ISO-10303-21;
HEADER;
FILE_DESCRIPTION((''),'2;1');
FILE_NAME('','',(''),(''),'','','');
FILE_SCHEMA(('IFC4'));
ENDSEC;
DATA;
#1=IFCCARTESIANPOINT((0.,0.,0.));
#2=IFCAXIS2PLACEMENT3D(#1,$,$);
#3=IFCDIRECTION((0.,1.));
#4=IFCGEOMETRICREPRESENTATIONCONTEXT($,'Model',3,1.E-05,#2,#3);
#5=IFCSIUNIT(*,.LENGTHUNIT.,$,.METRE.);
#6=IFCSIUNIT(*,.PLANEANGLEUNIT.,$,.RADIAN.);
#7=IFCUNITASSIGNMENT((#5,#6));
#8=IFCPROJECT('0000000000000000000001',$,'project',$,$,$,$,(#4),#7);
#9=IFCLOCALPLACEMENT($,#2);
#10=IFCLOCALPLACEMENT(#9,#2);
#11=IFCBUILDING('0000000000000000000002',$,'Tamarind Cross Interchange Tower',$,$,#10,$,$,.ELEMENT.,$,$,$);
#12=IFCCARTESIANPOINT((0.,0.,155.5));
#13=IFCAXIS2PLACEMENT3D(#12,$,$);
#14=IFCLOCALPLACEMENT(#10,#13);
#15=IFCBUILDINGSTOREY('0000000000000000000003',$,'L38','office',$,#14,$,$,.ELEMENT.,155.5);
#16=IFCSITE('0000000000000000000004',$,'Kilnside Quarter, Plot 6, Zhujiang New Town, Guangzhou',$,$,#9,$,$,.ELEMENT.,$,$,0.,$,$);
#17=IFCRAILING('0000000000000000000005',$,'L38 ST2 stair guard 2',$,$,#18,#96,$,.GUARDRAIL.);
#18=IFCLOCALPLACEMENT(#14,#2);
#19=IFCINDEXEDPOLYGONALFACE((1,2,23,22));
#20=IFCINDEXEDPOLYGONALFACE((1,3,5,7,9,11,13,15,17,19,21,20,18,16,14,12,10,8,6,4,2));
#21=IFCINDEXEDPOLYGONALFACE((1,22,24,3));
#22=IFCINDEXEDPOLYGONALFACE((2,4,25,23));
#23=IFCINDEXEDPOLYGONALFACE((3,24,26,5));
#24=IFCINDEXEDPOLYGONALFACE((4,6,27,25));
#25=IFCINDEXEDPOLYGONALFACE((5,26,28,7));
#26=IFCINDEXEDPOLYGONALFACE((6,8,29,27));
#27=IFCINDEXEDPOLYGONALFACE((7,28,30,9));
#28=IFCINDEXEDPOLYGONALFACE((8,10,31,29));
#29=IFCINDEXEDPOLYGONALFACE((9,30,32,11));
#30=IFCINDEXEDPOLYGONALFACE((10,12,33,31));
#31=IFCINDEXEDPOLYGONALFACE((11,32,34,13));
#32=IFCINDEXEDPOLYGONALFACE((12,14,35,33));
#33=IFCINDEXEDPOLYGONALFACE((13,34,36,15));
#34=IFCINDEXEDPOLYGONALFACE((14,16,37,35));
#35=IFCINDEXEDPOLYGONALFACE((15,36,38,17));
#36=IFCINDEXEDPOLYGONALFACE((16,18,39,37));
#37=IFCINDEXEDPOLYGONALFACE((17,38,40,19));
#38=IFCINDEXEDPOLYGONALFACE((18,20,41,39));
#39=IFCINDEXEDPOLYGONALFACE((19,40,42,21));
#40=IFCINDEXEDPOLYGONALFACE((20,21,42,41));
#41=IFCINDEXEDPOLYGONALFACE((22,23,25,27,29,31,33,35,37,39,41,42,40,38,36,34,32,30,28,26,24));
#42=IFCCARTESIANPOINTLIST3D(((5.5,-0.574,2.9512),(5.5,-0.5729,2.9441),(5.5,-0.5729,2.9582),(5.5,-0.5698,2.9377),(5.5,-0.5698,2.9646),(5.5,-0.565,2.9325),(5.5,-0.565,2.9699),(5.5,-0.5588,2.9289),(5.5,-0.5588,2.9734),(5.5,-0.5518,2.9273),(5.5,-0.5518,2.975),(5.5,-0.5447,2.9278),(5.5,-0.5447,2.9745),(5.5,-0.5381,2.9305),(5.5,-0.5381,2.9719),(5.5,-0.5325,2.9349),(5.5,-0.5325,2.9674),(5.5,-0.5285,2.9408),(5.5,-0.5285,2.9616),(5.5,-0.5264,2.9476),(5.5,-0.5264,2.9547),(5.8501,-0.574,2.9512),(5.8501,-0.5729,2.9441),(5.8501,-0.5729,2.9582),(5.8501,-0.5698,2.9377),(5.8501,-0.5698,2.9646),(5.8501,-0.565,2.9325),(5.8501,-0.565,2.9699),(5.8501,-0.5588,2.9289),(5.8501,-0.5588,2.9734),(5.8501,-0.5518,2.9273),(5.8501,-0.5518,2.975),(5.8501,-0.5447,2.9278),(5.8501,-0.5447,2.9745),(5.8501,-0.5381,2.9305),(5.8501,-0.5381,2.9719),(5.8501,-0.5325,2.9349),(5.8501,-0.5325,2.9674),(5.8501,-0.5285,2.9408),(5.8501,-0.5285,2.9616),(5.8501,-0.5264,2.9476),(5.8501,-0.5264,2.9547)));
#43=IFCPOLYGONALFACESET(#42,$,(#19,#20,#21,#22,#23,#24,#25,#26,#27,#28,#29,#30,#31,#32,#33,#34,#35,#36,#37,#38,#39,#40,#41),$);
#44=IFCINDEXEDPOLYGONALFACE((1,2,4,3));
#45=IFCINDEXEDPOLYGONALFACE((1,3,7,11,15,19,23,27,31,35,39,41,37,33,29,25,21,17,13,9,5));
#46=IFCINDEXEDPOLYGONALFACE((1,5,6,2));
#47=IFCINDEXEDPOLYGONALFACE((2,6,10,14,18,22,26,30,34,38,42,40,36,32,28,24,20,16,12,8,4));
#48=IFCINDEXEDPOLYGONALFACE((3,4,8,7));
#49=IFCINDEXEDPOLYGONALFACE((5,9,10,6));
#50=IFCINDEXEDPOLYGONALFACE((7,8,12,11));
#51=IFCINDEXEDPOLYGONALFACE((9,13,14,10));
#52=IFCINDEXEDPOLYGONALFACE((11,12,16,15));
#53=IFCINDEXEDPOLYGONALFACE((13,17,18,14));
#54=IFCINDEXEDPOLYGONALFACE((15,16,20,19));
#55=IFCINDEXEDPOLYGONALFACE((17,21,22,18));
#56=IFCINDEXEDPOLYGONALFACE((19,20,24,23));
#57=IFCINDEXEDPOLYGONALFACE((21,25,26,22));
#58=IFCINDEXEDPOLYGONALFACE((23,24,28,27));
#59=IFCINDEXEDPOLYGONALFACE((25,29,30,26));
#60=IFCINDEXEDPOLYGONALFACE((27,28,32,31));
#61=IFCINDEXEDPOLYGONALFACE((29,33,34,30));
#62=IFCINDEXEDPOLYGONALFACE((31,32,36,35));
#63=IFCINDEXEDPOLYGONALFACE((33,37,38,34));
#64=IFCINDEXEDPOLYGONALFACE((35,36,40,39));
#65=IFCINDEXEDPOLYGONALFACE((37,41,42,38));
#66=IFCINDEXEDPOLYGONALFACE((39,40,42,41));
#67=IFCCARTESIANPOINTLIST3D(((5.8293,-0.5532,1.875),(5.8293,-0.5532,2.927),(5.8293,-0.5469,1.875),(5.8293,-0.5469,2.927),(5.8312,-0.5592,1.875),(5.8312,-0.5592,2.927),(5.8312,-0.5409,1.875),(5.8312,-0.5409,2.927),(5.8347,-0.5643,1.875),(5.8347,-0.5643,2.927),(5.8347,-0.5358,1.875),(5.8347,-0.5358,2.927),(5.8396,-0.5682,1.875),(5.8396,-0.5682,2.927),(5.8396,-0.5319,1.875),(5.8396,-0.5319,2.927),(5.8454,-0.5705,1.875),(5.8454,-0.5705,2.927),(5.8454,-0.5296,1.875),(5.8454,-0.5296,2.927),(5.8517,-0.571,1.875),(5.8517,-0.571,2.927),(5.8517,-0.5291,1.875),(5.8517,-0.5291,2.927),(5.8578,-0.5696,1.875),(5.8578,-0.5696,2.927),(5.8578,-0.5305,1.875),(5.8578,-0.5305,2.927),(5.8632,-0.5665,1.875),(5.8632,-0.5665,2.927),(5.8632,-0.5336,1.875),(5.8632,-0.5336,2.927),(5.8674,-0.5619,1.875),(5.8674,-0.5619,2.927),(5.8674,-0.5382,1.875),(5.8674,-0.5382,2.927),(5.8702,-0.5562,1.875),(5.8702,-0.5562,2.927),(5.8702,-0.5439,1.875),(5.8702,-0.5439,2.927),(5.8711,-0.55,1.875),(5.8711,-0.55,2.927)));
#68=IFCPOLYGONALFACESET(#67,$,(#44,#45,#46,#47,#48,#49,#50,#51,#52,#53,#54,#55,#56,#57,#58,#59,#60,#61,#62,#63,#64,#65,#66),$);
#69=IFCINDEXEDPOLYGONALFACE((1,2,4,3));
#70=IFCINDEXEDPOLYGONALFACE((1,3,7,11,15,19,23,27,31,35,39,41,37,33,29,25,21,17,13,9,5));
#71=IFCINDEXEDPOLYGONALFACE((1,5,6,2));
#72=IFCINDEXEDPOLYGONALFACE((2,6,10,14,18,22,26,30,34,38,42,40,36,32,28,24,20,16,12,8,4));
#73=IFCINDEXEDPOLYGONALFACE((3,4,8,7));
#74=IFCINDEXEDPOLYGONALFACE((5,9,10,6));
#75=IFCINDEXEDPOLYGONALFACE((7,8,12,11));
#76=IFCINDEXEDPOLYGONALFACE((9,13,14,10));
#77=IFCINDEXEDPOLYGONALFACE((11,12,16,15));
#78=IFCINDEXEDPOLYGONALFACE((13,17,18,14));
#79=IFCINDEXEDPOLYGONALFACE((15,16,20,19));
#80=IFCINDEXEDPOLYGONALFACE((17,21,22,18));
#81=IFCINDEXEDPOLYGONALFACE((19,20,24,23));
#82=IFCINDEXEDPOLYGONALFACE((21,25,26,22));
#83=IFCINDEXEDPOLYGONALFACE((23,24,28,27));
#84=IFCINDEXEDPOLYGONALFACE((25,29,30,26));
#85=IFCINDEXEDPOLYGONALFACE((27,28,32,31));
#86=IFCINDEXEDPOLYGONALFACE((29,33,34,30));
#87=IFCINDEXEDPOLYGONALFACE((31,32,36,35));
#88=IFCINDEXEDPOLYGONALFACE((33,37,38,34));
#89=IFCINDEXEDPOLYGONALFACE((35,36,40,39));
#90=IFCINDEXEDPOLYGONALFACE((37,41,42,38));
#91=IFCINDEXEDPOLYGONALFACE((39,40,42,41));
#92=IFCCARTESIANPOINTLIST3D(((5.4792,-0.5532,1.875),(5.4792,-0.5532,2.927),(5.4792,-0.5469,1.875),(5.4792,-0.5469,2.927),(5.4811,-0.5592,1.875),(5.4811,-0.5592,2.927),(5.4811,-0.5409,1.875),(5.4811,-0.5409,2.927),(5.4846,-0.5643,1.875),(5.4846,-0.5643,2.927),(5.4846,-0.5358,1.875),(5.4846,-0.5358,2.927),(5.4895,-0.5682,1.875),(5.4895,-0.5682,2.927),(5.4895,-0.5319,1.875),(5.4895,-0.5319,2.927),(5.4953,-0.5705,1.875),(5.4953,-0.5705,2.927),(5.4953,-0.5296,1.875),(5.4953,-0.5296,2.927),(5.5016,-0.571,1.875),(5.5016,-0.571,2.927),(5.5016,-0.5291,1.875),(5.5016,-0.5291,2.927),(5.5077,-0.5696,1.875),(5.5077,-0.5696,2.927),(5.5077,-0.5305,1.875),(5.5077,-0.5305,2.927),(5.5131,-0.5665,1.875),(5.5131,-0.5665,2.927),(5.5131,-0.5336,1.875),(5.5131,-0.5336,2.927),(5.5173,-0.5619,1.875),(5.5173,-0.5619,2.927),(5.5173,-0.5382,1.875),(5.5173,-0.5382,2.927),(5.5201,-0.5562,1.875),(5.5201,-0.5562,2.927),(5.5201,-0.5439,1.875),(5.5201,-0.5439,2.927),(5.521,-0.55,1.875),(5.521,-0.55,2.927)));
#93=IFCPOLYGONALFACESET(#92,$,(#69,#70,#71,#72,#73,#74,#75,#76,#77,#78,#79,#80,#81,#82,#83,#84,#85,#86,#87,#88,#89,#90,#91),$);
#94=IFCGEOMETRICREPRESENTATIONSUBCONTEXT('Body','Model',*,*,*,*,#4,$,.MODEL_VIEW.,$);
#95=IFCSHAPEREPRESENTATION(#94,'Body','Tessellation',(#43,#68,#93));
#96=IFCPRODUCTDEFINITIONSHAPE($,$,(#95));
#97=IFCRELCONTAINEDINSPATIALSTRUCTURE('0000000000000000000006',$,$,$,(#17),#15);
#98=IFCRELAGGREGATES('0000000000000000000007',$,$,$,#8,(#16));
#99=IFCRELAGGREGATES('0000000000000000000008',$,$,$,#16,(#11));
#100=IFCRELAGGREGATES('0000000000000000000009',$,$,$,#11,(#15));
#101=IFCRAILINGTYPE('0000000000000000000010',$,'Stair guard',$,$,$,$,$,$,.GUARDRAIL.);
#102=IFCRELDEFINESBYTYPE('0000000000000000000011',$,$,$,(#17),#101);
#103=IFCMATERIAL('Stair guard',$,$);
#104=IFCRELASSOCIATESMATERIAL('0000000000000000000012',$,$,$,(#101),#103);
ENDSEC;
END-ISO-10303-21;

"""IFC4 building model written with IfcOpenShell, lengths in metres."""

from ifc_helpers import new_model, si_unit, direction, frame, origin, origin_2d, place, context, subcontext, project, spatial, circle, extrude, material, type_object, element, save


model = new_model("IFC4")

# Units and contexts
model_context = context("Model", 3, precision=1e-05, world=origin(), true_north=direction((0.0, 1.0)))
body_context = subcontext(model_context, "Body", "Model", "MODEL_VIEW")
ifc_project = project(units=[si_unit("LENGTHUNIT", "METRE"), si_unit("PLANEANGLEUNIT", "RADIAN")], contexts=[model_context])

# Site, building, storey
site_placement = place(None, origin())
site = spatial("IfcSite", under=ifc_project, at=site_placement, Name="Kilnside Quarter, Plot 6, Zhujiang New Town, Guangzhou", CompositionType="ELEMENT", RefElevation=0.0)
building_placement = place(site_placement, origin())
building = spatial("IfcBuilding", under=site, at=building_placement, Name="Tamarind Cross Interchange Tower", CompositionType="ELEMENT")
storey_placement = place(building_placement, frame((0.0, 0.0, 155.5)))
storey = spatial("IfcBuildingStorey", under=building, at=storey_placement, Name="L38", Description="office", CompositionType="ELEMENT", Elevation=155.5)

# Railing
ifc_material_1 = material(Name="Stair guard")
railing_type_1 = type_object("IfcRailingType", Name="Stair guard", PredefinedType="GUARDRAIL", material=ifc_material_1)
railing_1_placement = place(storey_placement, frame((5.8501, -0.55, 1.875)))
element("IfcRailing", 1, at=railing_1_placement, inside=storey, type_object=railing_type_1, Name="L38 ST2 stair guard 2", PredefinedType="GUARDRAIL", context=body_context, shape_type="SweptSolid", body=[
    extrude(circle(Radius=0.0239, at=origin_2d()), frame((0.0, 0.0, 1.0762), z_axis=(-1.0, 0.0, 0.0), x_axis=(0.0, -1.0, 0.0)), (0.0, 0.0, 1.0), 0.3501),
    extrude(circle(Radius=0.021, at=origin_2d()), origin(), (0.0, 0.0, 1.0), 1.052),
    extrude(circle(Radius=0.021, at=origin_2d()), frame((-0.3501, 0.0, 0.0)), (0.0, 0.0, 1.0), 1.052),
])

save(model, "model.ifc")
